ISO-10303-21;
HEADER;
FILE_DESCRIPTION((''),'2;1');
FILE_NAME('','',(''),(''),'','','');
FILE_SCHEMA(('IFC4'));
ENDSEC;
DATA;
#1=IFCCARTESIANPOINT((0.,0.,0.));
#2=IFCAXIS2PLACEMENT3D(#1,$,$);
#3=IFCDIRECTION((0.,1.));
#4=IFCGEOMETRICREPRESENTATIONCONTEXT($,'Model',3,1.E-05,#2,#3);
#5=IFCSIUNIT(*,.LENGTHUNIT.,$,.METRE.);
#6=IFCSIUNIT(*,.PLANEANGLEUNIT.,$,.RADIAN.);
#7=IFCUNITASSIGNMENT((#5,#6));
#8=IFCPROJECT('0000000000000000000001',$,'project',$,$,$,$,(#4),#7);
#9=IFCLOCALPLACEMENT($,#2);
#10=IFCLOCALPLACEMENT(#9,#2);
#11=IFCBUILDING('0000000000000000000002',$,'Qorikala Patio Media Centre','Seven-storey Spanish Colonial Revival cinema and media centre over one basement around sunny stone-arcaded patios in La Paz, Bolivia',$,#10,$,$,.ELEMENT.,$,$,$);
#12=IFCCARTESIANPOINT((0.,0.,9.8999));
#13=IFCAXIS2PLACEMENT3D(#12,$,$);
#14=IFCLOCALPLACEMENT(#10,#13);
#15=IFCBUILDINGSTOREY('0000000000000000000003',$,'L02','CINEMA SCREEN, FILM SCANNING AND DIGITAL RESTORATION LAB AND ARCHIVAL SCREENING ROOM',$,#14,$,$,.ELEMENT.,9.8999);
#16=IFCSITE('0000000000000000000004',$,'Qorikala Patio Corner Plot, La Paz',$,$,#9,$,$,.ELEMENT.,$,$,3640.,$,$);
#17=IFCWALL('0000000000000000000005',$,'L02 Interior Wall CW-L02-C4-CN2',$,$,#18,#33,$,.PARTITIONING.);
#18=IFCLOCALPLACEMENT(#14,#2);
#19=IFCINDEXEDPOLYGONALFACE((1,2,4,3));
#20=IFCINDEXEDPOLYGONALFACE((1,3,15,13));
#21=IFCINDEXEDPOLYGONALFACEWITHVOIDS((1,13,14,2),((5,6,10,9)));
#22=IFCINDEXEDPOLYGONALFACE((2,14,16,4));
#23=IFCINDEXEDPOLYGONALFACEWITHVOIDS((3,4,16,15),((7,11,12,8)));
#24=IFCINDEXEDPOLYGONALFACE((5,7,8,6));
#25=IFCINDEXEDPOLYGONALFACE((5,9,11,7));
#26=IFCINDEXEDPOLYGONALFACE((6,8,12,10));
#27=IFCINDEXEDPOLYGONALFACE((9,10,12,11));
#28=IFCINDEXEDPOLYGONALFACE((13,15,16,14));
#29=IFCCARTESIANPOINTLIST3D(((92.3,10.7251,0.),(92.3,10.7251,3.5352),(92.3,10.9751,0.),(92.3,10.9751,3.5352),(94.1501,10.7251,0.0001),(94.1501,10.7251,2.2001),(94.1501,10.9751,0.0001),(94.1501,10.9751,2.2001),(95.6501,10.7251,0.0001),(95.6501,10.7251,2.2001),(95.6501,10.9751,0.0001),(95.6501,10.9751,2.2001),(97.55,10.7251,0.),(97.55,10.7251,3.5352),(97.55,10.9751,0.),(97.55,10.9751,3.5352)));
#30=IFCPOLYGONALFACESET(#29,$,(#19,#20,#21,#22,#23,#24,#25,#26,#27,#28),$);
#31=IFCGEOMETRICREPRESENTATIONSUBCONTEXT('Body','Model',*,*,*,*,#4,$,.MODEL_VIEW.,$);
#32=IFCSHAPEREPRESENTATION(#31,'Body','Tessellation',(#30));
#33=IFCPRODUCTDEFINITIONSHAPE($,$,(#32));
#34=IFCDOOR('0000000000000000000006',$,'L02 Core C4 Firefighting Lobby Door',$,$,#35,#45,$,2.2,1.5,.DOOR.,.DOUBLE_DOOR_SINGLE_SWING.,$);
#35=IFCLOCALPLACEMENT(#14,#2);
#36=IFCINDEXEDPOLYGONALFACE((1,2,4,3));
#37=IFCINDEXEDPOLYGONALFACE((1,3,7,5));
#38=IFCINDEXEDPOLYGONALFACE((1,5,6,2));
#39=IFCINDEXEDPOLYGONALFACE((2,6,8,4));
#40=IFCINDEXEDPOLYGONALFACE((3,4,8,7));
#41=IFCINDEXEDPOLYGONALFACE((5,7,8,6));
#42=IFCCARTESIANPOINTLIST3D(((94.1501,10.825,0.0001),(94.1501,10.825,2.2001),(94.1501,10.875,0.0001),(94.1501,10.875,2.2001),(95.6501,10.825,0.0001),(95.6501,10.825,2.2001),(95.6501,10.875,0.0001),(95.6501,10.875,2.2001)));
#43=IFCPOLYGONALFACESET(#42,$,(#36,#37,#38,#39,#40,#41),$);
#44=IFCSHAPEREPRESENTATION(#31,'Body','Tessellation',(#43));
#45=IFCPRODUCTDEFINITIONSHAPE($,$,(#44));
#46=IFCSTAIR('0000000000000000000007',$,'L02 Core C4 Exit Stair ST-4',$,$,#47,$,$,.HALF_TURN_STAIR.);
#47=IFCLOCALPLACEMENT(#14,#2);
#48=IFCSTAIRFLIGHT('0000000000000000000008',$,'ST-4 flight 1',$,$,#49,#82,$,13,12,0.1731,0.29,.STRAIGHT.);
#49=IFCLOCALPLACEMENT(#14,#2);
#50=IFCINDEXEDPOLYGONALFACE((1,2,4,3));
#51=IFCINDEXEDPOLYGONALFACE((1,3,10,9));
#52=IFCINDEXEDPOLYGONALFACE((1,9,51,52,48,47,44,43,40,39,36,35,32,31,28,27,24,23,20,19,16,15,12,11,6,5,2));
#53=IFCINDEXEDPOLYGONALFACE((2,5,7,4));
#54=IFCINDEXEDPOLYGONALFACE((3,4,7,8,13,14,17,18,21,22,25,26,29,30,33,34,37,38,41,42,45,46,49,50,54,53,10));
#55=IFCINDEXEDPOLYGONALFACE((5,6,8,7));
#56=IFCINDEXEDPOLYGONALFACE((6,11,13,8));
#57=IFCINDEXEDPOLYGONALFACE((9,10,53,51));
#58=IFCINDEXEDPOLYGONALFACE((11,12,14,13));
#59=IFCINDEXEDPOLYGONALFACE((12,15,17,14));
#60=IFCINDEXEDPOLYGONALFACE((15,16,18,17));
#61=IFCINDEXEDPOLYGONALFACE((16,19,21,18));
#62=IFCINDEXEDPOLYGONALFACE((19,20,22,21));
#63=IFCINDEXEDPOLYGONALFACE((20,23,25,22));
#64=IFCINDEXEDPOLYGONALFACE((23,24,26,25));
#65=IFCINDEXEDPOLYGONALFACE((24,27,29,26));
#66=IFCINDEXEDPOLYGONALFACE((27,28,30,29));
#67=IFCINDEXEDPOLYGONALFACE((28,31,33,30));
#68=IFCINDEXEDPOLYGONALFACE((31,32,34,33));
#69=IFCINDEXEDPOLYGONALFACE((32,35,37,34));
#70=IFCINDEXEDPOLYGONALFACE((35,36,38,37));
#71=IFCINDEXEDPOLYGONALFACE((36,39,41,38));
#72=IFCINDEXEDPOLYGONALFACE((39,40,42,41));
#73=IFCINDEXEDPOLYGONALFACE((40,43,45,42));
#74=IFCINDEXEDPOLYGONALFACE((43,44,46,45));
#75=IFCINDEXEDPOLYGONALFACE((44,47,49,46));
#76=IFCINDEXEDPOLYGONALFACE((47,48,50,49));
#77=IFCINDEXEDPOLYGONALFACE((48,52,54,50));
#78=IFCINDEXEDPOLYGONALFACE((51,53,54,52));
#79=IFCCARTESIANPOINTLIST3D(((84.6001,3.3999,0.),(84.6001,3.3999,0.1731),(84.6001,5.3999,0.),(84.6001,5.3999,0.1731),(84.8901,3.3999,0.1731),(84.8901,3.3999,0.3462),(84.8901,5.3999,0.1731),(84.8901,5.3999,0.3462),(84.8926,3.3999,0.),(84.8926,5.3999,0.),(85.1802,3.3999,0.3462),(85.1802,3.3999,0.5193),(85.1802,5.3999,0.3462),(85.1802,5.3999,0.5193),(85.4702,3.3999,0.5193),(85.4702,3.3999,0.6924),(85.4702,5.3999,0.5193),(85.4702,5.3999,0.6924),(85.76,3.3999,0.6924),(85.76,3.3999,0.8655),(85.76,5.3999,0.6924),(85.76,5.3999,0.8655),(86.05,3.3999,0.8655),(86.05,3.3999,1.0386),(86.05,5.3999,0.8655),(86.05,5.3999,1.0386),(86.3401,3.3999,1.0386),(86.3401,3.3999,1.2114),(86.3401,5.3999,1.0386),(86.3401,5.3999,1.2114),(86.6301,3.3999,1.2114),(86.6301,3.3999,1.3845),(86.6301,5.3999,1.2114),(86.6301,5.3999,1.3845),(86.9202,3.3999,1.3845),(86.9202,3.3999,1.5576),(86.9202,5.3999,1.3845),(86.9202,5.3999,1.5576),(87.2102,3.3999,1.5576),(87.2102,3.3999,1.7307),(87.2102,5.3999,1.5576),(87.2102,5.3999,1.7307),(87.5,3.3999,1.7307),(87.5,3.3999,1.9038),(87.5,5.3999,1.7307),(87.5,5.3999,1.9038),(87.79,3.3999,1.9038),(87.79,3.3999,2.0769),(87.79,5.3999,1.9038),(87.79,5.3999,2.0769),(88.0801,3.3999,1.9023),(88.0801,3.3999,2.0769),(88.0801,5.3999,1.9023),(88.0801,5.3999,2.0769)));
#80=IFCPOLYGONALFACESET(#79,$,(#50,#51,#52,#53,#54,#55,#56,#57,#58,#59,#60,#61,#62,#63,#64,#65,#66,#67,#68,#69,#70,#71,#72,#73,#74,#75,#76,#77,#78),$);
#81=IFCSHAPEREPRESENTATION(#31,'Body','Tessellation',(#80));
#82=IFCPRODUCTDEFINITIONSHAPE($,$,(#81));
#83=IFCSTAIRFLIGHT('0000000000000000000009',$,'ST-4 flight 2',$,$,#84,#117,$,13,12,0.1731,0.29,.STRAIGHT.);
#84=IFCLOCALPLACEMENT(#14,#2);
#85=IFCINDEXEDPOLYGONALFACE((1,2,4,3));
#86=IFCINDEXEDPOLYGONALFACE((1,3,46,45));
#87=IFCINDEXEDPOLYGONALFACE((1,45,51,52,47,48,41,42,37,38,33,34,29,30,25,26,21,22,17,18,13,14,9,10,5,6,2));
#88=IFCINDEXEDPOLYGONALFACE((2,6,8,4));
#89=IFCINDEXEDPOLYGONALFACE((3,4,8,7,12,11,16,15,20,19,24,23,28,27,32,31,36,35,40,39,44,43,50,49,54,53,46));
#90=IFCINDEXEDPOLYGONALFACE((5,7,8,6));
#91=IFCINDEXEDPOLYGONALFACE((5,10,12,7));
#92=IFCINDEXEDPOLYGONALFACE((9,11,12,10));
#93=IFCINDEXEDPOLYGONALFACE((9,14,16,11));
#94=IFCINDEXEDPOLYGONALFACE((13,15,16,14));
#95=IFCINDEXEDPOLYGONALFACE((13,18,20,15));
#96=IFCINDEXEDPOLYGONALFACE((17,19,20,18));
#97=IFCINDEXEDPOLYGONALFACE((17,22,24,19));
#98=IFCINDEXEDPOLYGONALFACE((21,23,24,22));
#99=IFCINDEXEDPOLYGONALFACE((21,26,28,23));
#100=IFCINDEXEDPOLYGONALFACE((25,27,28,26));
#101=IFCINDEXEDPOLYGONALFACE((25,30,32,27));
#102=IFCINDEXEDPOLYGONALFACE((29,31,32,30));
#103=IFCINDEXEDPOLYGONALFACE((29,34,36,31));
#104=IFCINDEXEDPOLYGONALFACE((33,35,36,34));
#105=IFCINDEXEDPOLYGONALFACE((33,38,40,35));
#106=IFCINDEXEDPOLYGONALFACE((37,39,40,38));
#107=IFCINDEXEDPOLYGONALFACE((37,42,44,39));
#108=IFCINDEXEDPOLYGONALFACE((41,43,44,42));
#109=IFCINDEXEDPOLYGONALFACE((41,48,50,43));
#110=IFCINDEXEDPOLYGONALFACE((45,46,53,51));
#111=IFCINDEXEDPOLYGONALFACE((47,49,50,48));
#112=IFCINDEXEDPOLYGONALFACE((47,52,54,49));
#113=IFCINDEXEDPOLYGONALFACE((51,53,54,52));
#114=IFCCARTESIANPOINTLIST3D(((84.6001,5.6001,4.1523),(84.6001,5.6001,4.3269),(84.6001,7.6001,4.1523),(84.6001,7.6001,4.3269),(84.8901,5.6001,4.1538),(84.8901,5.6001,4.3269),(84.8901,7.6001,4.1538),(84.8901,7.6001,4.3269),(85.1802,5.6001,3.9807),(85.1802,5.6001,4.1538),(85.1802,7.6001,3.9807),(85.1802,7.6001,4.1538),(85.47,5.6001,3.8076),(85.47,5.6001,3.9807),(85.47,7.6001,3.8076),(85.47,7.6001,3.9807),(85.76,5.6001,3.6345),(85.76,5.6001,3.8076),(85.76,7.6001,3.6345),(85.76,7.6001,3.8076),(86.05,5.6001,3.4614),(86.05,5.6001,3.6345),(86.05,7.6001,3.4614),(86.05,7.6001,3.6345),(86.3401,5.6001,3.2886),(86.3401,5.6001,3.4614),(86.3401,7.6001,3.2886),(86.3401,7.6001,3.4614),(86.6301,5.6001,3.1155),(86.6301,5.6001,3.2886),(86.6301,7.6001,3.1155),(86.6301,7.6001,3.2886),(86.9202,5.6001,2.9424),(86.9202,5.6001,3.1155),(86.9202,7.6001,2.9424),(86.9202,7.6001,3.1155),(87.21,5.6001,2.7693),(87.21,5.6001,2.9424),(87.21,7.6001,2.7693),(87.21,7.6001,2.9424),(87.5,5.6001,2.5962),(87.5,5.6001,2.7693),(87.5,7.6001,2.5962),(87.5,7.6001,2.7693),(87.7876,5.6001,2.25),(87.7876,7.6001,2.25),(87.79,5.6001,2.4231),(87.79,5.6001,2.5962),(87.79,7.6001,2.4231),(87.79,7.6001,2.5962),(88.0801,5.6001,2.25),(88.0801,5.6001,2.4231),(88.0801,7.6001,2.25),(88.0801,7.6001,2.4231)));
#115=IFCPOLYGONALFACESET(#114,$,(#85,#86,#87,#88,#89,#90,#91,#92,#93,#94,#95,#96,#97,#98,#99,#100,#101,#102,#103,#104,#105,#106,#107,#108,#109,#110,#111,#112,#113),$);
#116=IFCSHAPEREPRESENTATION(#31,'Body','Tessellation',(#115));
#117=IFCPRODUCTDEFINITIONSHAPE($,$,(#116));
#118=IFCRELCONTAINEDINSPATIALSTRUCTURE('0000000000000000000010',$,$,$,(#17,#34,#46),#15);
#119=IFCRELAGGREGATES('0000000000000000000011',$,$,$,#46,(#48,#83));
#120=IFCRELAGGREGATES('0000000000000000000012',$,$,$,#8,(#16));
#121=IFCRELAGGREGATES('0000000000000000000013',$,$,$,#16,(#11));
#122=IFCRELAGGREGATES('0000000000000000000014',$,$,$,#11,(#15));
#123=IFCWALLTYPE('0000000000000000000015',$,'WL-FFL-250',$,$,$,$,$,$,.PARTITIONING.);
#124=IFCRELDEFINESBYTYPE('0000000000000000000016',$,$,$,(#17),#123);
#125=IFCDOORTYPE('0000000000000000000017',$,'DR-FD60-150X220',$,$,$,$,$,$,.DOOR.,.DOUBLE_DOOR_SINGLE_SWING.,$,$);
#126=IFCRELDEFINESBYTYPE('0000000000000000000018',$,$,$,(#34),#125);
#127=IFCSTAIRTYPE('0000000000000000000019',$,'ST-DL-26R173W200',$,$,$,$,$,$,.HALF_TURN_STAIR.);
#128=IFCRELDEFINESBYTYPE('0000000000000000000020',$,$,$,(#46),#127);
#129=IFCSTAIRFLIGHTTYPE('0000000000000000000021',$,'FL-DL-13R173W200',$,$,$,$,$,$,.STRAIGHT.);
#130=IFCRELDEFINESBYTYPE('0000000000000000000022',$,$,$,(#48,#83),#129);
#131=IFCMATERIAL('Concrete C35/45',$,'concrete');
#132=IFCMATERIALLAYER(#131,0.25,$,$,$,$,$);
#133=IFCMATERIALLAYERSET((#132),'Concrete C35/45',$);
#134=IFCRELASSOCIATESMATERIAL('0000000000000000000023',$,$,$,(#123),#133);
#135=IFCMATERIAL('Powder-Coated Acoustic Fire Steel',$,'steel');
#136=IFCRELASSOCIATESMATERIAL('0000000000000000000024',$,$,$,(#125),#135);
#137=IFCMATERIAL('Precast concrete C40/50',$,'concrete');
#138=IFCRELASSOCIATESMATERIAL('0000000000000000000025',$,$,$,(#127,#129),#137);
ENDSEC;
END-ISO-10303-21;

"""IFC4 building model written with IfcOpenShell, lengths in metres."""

from ifc_helpers import new_model, si_unit, direction, frame, frame_2d, origin, place, context, subcontext, project, spatial, polyline, rectangle, outline, extrude, material, layer, layer_set, type_object, element, fill, aggregate, save


model = new_model("IFC4")

# Units and contexts
model_context = context("Model", 3, precision=1e-05, world=origin(), true_north=direction((0.0, 1.0)))
body_context = subcontext(model_context, "Body", "Model", "MODEL_VIEW")
ifc_project = project(units=[si_unit("LENGTHUNIT", "METRE"), si_unit("PLANEANGLEUNIT", "RADIAN")], contexts=[model_context])

# Site, building, storey
site_placement = place(None, origin())
site = spatial("IfcSite", under=ifc_project, at=site_placement, Name="Qorikala Patio Corner Plot, La Paz", CompositionType="ELEMENT", RefElevation=3640.0)
building_placement = place(site_placement, origin())
building = spatial("IfcBuilding", under=site, at=building_placement, Name="Qorikala Patio Media Centre", Description="Seven-storey Spanish Colonial Revival cinema and media centre over one basement around sunny stone-arcaded patios in La Paz, Bolivia", CompositionType="ELEMENT")
storey_placement = place(building_placement, frame((0.0, 0.0, 9.8999)))
storey = spatial("IfcBuildingStorey", under=building, at=storey_placement, Name="L02", Description="CINEMA SCREEN, FILM SCANNING AND DIGITAL RESTORATION LAB AND ARCHIVAL SCREENING ROOM", CompositionType="ELEMENT", Elevation=9.8999)

# Shared definitions
ifc_material_1 = material(Name="Concrete C35/45", Category="concrete")

# Shared definitions
ifc_material_2 = material(Name="Powder-Coated Acoustic Fire Steel", Category="steel")

# Wall, opening, door
ifc_layer_1 = layer(ifc_material_1, 0.25)
ifc_layer_set_1 = layer_set([ifc_layer_1], Name="Concrete C35/45")
wall_type_1 = type_object("IfcWallType", Name="WL-FFL-250", PredefinedType="PARTITIONING", material=ifc_layer_set_1)
wall_1_placement = place(storey_placement, frame((92.3, 10.8501, 0.0), z_axis=(0.0, 0.0, 1.0), x_axis=(1.0, 0.0, 0.0)))
wall_1 = element("IfcWall", 1, at=wall_1_placement, inside=storey, type_object=wall_type_1, Name="L02 Interior Wall CW-L02-C4-CN2", PredefinedType="PARTITIONING", context=body_context, shape_type="SweptSolid", body=[
    extrude(rectangle(XDim=5.25, YDim=0.25, at=frame_2d((2.625, 0.0))), origin(), (0.0, 0.0, 1.0), 3.5352),
])
opening_1_placement = place(wall_1_placement, frame((1.8501, 0.0, 0.0)))
opening_1 = element("IfcOpeningElement", 2, at=opening_1_placement, cuts=wall_1, PredefinedType="OPENING", context=body_context, shape_type="SweptSolid", body=[
    extrude(rectangle(XDim=1.5, YDim=2.2, at=frame_2d((0.75, 1.1001))), frame((0.0, 0.135, 0.0), z_axis=(0.0, -1.0, 0.0), x_axis=(1.0, 0.0, 0.0)), (0.0, 0.0, 1.0), 0.27),
])
door_type_1 = type_object("IfcDoorType", Name="DR-FD60-150X220", OperationType="DOUBLE_DOOR_SINGLE_SWING", PredefinedType="DOOR", material=ifc_material_2)
door_1_placement = place(opening_1_placement, origin())
door_1 = element("IfcDoor", 3, at=door_1_placement, inside=storey, type_object=door_type_1, Name="L02 Core C4 Firefighting Lobby Door", OperationType="DOUBLE_DOOR_SINGLE_SWING", OverallHeight=2.2, OverallWidth=1.5, PredefinedType="DOOR", context=body_context, shape_type="SweptSolid", body=[
    extrude(rectangle(XDim=1.5, YDim=2.2, at=frame_2d((0.75, 1.1001))), frame((0.0, 0.0249, 0.0), z_axis=(0.0, -1.0, 0.0), x_axis=(1.0, 0.0, 0.0)), (0.0, 0.0, 1.0), 0.05),
])
fill(opening_1, door_1)

# Stair, stair flights
ifc_material_3 = material(Name="Precast concrete C40/50", Category="concrete")
stair_type = type_object("IfcStairType", Name="ST-DL-26R173W200", PredefinedType="HALF_TURN_STAIR", material=ifc_material_3)
stair_placement = place(storey_placement, origin())
stair = element("IfcStair", 4, at=stair_placement, inside=storey, type_object=stair_type, Name="L02 Core C4 Exit Stair ST-4", PredefinedType="HALF_TURN_STAIR")
stair_flight_type = type_object("IfcStairFlightType", Name="FL-DL-13R173W200", PredefinedType="STRAIGHT", material=ifc_material_3)
stair_flight_1_placement = place(storey_placement, frame((84.6001, 4.3999, 0.0), z_axis=(0.0, 0.0, 1.0), x_axis=(1.0, 0.0, 0.0)))
stair_flight_1 = element("IfcStairFlight", 5, at=stair_flight_1_placement, type_object=stair_flight_type, Name="ST-4 flight 1", NumberOfRisers=13, NumberOfTreads=12, PredefinedType="STRAIGHT", RiserHeight=0.1731, TreadLength=0.29, context=body_context, shape_type="SweptSolid", body=[
    extrude(outline(polyline([(0.0, 0.0), (0.0, 0.1731), (0.29, 0.1731), (0.29, 0.3462), (0.5801, 0.3462), (0.5801, 0.5193), (0.8701, 0.5193), (0.8701, 0.6924), (1.1599, 0.6924), (1.1599, 0.8655), (1.45, 0.8655), (1.45, 1.0386), (1.74, 1.0386), (1.74, 1.2114), (2.03, 1.2114), (2.03, 1.3845), (2.3201, 1.3845), (2.3201, 1.5576), (2.6101, 1.5576), (2.6101, 1.7307), (2.8999, 1.7307), (2.8999, 1.9038), (3.1899, 1.9038), (3.1899, 2.0769), (3.48, 2.0769), (3.48, 2.25), (3.48, 1.9023), (0.2925, 0.0), (0.0, 0.0)])), frame((0.0, 1.0, 0.0), z_axis=(0.0, -1.0, 0.0), x_axis=(1.0, 0.0, 0.0)), (0.0, 0.0, 1.0), 2.0),
])
stair_flight_2_placement = place(storey_placement, frame((88.0801, 6.6001, 2.25), z_axis=(0.0, 0.0, 1.0), x_axis=(-1.0, 0.0, 0.0)))
stair_flight_2 = element("IfcStairFlight", 6, at=stair_flight_2_placement, type_object=stair_flight_type, Name="ST-4 flight 2", NumberOfRisers=13, NumberOfTreads=12, PredefinedType="STRAIGHT", RiserHeight=0.1731, TreadLength=0.29, context=body_context, shape_type="SweptSolid", body=[
    extrude(outline(polyline([(0.0, 0.0), (0.0, 0.1731), (0.29, 0.1731), (0.29, 0.3462), (0.5801, 0.3462), (0.5801, 0.5193), (0.8701, 0.5193), (0.8701, 0.6924), (1.1599, 0.6924), (1.1599, 0.8655), (1.45, 0.8655), (1.45, 1.0386), (1.74, 1.0386), (1.74, 1.2114), (2.03, 1.2114), (2.03, 1.3845), (2.3201, 1.3845), (2.3201, 1.5576), (2.6101, 1.5576), (2.6101, 1.7307), (2.8999, 1.7307), (2.8999, 1.9038), (3.1899, 1.9038), (3.1899, 2.0769), (3.48, 2.0769), (3.48, 2.25), (3.48, 1.9023), (0.2925, 0.0), (0.0, 0.0)])), frame((0.0, 1.0, 0.0), z_axis=(0.0, -1.0, 0.0), x_axis=(1.0, 0.0, 0.0)), (0.0, 0.0, 1.0), 2.0),
])
aggregate(stair, [stair_flight_1, stair_flight_2])

save(model, "model.ifc")
